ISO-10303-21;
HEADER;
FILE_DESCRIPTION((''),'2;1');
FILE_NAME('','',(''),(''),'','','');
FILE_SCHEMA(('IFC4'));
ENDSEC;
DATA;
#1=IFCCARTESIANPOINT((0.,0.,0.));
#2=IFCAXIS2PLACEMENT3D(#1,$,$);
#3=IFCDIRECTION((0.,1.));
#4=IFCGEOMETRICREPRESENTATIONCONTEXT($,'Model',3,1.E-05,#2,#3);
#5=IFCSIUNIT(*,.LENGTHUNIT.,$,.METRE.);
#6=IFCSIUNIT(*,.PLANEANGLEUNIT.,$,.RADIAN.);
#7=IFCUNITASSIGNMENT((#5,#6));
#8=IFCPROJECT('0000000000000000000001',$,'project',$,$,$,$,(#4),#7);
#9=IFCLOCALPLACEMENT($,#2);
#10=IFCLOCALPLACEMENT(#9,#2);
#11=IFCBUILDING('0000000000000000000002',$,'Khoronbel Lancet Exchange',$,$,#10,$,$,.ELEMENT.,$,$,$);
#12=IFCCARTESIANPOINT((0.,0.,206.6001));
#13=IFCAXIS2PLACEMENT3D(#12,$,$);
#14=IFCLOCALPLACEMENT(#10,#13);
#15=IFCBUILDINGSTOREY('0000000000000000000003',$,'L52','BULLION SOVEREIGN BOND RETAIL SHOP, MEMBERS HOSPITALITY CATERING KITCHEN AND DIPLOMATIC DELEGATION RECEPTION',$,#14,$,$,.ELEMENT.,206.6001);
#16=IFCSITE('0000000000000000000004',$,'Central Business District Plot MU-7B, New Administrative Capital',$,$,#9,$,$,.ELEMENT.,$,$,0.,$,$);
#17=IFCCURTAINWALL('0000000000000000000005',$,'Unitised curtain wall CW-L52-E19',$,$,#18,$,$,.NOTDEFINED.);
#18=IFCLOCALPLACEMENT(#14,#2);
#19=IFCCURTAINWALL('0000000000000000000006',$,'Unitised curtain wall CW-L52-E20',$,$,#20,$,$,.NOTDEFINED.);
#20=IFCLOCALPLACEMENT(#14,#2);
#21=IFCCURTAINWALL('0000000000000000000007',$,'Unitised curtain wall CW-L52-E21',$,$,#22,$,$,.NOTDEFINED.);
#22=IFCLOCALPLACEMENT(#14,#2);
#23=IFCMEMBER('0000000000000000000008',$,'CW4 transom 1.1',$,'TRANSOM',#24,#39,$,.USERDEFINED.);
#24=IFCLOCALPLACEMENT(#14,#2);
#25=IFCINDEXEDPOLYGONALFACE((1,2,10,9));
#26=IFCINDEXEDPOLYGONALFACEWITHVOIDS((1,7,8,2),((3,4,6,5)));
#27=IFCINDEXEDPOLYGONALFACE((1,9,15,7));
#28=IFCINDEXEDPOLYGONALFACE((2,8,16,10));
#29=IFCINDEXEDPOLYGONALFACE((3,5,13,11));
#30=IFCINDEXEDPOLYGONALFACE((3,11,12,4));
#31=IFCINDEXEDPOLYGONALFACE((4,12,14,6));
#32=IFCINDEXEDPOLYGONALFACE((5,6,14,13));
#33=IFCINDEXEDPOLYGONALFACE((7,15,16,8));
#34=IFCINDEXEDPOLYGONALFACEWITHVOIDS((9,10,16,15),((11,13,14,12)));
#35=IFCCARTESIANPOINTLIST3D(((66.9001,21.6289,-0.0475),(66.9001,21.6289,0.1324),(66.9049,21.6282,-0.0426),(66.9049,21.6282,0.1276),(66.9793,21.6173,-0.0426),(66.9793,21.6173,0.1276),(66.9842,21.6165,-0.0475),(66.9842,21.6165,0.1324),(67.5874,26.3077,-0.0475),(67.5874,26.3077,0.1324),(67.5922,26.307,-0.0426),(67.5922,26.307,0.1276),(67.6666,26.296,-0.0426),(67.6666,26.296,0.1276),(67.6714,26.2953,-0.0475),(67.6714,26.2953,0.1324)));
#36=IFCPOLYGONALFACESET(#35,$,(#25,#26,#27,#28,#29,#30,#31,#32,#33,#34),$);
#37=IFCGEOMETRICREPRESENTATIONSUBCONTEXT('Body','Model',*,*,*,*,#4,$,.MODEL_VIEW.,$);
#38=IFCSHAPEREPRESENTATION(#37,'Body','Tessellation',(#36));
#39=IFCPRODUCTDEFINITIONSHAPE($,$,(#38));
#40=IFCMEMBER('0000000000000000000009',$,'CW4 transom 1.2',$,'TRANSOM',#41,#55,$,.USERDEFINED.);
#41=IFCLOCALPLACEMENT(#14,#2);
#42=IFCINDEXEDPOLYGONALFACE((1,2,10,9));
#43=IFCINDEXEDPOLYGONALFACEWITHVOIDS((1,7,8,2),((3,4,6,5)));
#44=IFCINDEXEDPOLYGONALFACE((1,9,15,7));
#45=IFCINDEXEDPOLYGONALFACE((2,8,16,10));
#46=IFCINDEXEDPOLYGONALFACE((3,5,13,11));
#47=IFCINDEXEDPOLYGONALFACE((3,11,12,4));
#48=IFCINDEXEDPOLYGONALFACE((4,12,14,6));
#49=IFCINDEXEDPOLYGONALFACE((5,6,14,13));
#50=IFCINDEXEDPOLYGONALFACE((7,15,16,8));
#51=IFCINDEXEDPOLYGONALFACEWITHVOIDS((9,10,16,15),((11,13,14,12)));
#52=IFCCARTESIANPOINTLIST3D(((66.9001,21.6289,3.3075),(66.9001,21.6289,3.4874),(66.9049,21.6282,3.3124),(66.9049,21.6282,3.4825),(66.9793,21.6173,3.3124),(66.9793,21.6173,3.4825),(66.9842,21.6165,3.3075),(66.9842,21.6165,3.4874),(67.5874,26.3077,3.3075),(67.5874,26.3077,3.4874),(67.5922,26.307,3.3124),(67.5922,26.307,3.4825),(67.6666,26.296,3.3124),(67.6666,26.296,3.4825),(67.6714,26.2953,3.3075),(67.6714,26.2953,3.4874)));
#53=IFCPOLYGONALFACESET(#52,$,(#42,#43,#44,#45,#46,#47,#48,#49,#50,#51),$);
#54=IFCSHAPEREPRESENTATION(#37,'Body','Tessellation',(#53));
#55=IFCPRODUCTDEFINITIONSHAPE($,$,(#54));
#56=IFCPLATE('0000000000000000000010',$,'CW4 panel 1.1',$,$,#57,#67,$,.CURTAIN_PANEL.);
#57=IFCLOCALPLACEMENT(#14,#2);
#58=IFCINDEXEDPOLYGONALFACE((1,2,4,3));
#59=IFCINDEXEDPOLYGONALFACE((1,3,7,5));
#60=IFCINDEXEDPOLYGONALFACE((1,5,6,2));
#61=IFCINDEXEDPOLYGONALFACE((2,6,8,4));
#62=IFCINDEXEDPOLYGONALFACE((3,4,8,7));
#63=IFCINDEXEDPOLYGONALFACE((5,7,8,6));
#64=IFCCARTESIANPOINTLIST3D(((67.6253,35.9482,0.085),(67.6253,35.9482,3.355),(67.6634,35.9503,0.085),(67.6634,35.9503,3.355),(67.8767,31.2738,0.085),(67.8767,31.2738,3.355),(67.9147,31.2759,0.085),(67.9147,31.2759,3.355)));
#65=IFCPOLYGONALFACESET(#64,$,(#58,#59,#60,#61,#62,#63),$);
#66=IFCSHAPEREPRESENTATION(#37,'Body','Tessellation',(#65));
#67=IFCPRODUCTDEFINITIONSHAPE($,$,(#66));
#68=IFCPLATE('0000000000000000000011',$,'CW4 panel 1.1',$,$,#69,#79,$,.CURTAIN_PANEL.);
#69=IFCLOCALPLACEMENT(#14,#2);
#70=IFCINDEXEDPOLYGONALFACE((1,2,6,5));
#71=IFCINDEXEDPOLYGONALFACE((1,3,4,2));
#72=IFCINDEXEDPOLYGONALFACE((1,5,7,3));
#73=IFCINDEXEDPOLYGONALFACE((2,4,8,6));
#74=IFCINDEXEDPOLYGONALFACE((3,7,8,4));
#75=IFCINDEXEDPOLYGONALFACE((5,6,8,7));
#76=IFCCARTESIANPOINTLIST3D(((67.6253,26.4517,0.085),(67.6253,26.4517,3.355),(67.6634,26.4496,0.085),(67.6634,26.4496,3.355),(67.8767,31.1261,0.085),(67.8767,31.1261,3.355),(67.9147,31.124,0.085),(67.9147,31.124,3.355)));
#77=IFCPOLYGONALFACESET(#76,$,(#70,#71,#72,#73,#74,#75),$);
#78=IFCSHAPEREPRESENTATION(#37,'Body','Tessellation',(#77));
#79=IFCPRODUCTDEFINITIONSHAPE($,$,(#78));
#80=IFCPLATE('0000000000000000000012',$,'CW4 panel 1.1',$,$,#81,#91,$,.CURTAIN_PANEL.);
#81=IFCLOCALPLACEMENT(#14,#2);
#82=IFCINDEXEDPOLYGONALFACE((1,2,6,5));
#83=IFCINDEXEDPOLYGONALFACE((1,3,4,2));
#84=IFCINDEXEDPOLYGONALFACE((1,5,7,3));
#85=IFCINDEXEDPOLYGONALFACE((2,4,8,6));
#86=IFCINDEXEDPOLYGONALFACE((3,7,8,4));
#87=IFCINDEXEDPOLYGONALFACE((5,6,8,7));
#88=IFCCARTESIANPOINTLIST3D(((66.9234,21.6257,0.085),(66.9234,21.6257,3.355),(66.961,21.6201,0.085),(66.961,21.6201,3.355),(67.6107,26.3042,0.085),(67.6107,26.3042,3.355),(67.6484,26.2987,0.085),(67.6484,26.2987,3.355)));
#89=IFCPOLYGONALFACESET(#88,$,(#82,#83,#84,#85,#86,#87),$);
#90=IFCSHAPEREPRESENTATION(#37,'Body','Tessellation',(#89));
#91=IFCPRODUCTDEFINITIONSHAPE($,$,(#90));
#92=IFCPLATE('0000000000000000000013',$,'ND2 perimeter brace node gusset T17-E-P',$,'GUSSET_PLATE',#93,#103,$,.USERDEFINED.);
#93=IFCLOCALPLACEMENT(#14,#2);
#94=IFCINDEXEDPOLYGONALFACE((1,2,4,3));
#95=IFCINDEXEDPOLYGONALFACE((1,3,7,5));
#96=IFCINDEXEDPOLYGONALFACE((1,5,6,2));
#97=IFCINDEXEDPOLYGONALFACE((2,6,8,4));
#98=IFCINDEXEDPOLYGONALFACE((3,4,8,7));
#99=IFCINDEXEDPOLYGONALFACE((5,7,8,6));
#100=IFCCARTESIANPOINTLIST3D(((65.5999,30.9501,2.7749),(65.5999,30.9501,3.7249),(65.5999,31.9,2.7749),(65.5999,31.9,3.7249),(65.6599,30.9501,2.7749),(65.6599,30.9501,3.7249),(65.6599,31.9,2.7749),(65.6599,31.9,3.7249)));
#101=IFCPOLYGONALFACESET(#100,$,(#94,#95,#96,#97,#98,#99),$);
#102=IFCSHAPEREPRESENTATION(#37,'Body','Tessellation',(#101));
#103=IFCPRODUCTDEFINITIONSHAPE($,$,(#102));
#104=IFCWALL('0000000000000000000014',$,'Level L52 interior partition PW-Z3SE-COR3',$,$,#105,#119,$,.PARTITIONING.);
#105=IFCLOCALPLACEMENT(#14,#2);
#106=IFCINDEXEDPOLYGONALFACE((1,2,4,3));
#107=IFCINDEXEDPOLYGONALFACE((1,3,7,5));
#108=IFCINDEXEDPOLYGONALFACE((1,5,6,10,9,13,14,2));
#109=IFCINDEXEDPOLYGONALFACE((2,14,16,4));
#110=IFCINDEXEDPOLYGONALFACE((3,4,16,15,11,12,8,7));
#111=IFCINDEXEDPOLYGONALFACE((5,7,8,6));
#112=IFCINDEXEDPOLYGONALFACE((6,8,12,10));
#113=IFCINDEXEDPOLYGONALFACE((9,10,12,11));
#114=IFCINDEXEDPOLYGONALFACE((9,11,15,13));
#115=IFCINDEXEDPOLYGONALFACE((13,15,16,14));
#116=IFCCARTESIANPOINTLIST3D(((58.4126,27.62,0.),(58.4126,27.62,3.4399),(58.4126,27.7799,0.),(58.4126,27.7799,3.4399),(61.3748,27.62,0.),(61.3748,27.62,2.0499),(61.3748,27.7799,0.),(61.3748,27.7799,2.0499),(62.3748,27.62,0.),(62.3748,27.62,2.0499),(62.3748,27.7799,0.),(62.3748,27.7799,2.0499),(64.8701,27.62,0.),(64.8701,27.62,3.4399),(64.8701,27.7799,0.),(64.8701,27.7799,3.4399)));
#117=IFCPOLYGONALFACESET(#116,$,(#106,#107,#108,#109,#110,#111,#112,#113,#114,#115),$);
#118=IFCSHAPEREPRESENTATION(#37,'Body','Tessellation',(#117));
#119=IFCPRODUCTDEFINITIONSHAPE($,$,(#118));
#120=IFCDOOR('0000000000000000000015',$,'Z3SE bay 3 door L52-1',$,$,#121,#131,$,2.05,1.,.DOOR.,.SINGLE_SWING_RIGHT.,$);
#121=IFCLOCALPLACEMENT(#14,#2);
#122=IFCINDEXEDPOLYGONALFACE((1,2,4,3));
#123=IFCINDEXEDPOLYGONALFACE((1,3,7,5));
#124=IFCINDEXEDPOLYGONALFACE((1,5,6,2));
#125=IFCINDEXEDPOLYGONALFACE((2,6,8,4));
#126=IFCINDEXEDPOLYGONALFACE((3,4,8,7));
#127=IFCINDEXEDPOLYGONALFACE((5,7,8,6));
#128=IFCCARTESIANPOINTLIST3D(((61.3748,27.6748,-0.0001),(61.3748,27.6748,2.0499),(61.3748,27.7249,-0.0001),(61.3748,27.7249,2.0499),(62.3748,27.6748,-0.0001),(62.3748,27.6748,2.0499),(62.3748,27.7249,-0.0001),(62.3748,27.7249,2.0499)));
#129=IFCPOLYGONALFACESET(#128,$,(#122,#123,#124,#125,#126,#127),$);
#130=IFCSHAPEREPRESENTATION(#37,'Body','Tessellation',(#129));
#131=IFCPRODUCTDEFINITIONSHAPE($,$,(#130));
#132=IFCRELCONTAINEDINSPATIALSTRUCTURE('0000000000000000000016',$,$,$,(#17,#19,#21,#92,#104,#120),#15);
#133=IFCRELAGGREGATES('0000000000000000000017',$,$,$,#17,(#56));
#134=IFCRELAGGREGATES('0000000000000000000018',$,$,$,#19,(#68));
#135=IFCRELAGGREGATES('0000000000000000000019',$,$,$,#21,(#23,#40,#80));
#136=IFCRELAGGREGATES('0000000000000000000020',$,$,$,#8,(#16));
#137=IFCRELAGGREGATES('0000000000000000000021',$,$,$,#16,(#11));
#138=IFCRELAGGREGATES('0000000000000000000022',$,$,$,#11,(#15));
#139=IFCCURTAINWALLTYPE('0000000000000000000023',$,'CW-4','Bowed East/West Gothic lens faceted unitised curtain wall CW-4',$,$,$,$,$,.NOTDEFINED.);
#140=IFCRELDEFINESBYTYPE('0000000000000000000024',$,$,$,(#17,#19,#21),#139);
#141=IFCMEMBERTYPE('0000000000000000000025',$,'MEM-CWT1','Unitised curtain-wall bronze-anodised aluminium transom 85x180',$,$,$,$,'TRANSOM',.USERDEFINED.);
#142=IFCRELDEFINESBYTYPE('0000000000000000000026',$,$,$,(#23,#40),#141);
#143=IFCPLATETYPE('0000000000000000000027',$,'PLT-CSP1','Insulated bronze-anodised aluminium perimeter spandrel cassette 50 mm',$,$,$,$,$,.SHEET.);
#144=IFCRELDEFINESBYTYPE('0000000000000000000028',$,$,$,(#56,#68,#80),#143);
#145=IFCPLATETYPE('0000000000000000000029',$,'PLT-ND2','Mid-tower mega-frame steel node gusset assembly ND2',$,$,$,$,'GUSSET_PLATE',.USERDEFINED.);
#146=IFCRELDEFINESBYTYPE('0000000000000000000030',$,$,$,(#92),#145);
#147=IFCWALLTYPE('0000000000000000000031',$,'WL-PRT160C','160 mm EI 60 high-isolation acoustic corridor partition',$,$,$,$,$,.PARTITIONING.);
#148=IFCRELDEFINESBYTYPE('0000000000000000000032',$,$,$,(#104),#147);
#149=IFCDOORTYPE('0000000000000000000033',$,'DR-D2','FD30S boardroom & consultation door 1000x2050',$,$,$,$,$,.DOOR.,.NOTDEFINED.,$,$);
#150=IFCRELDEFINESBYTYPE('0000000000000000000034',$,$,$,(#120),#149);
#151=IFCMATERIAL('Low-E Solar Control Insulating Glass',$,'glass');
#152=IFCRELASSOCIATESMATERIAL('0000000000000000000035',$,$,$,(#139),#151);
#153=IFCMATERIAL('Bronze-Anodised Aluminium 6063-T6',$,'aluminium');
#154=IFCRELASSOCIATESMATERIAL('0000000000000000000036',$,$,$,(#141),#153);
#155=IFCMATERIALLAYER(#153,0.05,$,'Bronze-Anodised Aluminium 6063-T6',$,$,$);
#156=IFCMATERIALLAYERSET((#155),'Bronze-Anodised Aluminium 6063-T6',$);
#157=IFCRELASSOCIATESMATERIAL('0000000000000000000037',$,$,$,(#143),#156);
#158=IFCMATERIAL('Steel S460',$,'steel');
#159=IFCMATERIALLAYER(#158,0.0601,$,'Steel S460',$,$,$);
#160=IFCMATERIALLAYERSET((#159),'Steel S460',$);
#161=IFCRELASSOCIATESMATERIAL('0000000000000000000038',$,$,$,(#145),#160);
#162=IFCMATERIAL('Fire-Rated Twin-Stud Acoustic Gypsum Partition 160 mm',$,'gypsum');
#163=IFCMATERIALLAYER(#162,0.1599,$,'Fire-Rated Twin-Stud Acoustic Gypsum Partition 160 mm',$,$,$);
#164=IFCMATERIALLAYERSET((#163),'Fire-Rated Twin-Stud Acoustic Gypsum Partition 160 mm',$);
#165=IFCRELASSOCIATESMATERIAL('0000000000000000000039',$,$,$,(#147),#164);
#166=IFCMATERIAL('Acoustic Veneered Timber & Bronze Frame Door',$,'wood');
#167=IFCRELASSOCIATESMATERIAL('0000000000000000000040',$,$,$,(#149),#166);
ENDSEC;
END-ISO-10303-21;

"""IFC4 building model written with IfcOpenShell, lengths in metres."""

from ifc_helpers import new_model, si_unit, direction, frame, frame_2d, origin, origin_2d, place, context, subcontext, project, spatial, rectangle, hollow_rectangle, extrude, material, layer, layer_set, material_profile, profile_set, type_object, element, fill, aggregate, save


model = new_model("IFC4")

# Units and contexts
model_context = context("Model", 3, precision=1e-05, world=origin(), true_north=direction((0.0, 1.0)))
body_context = subcontext(model_context, "Body", "Model", "MODEL_VIEW")
ifc_project = project(units=[si_unit("LENGTHUNIT", "METRE"), si_unit("PLANEANGLEUNIT", "RADIAN")], contexts=[model_context])

# Site, building, storey
site_placement = place(None, origin())
site = spatial("IfcSite", under=ifc_project, at=site_placement, Name="Central Business District Plot MU-7B, New Administrative Capital", CompositionType="ELEMENT", RefElevation=0.0)
building_placement = place(site_placement, origin())
building = spatial("IfcBuilding", under=site, at=building_placement, Name="Khoronbel Lancet Exchange", CompositionType="ELEMENT")
storey_placement = place(building_placement, frame((0.0, 0.0, 206.6001)))
storey = spatial("IfcBuildingStorey", under=building, at=storey_placement, Name="L52", Description="BULLION SOVEREIGN BOND RETAIL SHOP, MEMBERS HOSPITALITY CATERING KITCHEN AND DIPLOMATIC DELEGATION RECEPTION", CompositionType="ELEMENT", Elevation=206.6001)

# Curtain wall
ifc_material_1 = material(Name="Low-E Solar Control Insulating Glass", Category="glass")
curtain_wall_type = type_object("IfcCurtainWallType", Name="CW-4", Description="Bowed East/West Gothic lens faceted unitised curtain wall CW-4", PredefinedType="NOTDEFINED", material=ifc_material_1)
curtain_wall_1_placement = place(storey_placement, origin())
curtain_wall_1 = element("IfcCurtainWall", 1, at=curtain_wall_1_placement, inside=storey, type_object=curtain_wall_type, Name="Unitised curtain wall CW-L52-E19", PredefinedType="NOTDEFINED")
ifc_material_2 = material(Name="Bronze-Anodised Aluminium 6063-T6", Category="aluminium")

# Curtain walls
curtain_wall_2_placement = place(storey_placement, origin())
curtain_wall_2 = element("IfcCurtainWall", 2, at=curtain_wall_2_placement, inside=storey, type_object=curtain_wall_type, Name="Unitised curtain wall CW-L52-E20", PredefinedType="NOTDEFINED")
curtain_wall_3_placement = place(storey_placement, origin())
curtain_wall_3 = element("IfcCurtainWall", 3, at=curtain_wall_3_placement, inside=storey, type_object=curtain_wall_type, Name="Unitised curtain wall CW-L52-E21", PredefinedType="NOTDEFINED")

# Members
ifc_material_profile_1 = material_profile(ifc_material_2, hollow_rectangle(XDim=0.085, YDim=0.1799, WallThickness=0.0049, at=origin_2d()), Name="ALU TRANSOM 85x180")
ifc_profile_set_1 = profile_set([ifc_material_profile_1], Name="Bronze-Anodised Aluminium 6063-T6")
member_type_1 = type_object("IfcMemberType", Name="MEM-CWT1", Description="Unitised curtain-wall bronze-anodised aluminium transom 85x180", ElementType="TRANSOM", PredefinedType="USERDEFINED", material=ifc_profile_set_1)
member_1_placement = place(storey_placement, frame((67.6294, 26.3015, 0.0425), z_axis=(-0.14533, -0.989383, 0.0), x_axis=(0.989383, -0.14533, 0.0)))
member_1 = element("IfcMember", 4, at=member_1_placement, type_object=member_type_1, Name="CW4 transom 1.1", ObjectType="TRANSOM", PredefinedType="USERDEFINED", context=body_context, shape_type="SweptSolid", body=[
    extrude(hollow_rectangle(XDim=0.085, YDim=0.1799, WallThickness=0.0049, at=origin_2d()), origin(), (0.0, 0.0, 1.0), 4.729),
])
member_2_placement = place(storey_placement, frame((67.6294, 26.3015, 3.3975), z_axis=(-0.14533, -0.989383, 0.0), x_axis=(0.989383, -0.14533, 0.0)))
member_2 = element("IfcMember", 5, at=member_2_placement, type_object=member_type_1, Name="CW4 transom 1.2", ObjectType="TRANSOM", PredefinedType="USERDEFINED", context=body_context, shape_type="SweptSolid", body=[
    extrude(hollow_rectangle(XDim=0.085, YDim=0.1799, WallThickness=0.0049, at=origin_2d()), origin(), (0.0, 0.0, 1.0), 4.729),
])

# Plates
ifc_layer_1 = layer(ifc_material_2, 0.05, Name="Bronze-Anodised Aluminium 6063-T6")
ifc_layer_set_1 = layer_set([ifc_layer_1], Name="Bronze-Anodised Aluminium 6063-T6")
plate_type_1 = type_object("IfcPlateType", Name="PLT-CSP1", Description="Insulated bronze-anodised aluminium perimeter spandrel cassette 50 mm", PredefinedType="SHEET", material=ifc_layer_set_1)
plate_1_placement = place(storey_placement, frame((67.77, 33.6121, 0.085), z_axis=(0.0, 0.0, 1.0), x_axis=(0.053692, -0.998558, 0.0)))
plate_1 = element("IfcPlate", 6, at=plate_1_placement, type_object=plate_type_1, Name="CW4 panel 1.1", PredefinedType="CURTAIN_PANEL", context=body_context, shape_type="SweptSolid", body=[
    extrude(rectangle(XDim=4.6812, YDim=0.0381, at=origin_2d()), origin(), (0.0, 0.0, 1.0), 3.27),
])
aggregate(curtain_wall_1, [plate_1])
plate_2_placement = place(storey_placement, frame((67.77, 28.7878, 0.085), z_axis=(0.0, 0.0, 1.0), x_axis=(-0.053692, -0.998558, 0.0)))
plate_2 = element("IfcPlate", 7, at=plate_2_placement, type_object=plate_type_1, Name="CW4 panel 1.1", PredefinedType="CURTAIN_PANEL", context=body_context, shape_type="SweptSolid", body=[
    extrude(rectangle(XDim=4.6812, YDim=0.0381, at=origin_2d()), origin(), (0.0, 0.0, 1.0), 3.27),
])
aggregate(curtain_wall_2, [plate_2])
plate_3_placement = place(storey_placement, frame((67.2859, 23.9622, 0.085), z_axis=(0.0, 0.0, 1.0), x_axis=(-0.145363, -0.989378, 0.0)))
plate_3 = element("IfcPlate", 8, at=plate_3_placement, type_object=plate_type_1, Name="CW4 panel 1.1", PredefinedType="CURTAIN_PANEL", context=body_context, shape_type="SweptSolid", body=[
    extrude(rectangle(XDim=4.7288, YDim=0.0381, at=origin_2d()), origin(), (0.0, 0.0, 1.0), 3.27),
])
aggregate(curtain_wall_3, [member_1, member_2, plate_3])
ifc_material_3 = material(Name="Steel S460", Category="steel")
ifc_layer_2 = layer(ifc_material_3, 0.0601, Name="Steel S460")
ifc_layer_set_2 = layer_set([ifc_layer_2], Name="Steel S460")
plate_type_2 = type_object("IfcPlateType", Name="PLT-ND2", Description="Mid-tower mega-frame steel node gusset assembly ND2", ElementType="GUSSET_PLATE", PredefinedType="USERDEFINED", material=ifc_layer_set_2)
plate_4_placement = place(storey_placement, frame((65.6299, 31.425, 2.7749), z_axis=(0.0, 0.0, 1.0), x_axis=(0.0, 1.0, 0.0)))
element("IfcPlate", 9, at=plate_4_placement, inside=storey, type_object=plate_type_2, Name="ND2 perimeter brace node gusset T17-E-P", ObjectType="GUSSET_PLATE", PredefinedType="USERDEFINED", context=body_context, shape_type="SweptSolid", body=[
    extrude(rectangle(XDim=0.95, YDim=0.0601, at=origin_2d()), origin(), (0.0, 0.0, 1.0), 0.95),
])

# Wall, opening, door
ifc_material_4 = material(Name="Fire-Rated Twin-Stud Acoustic Gypsum Partition 160 mm", Category="gypsum")
ifc_layer_3 = layer(ifc_material_4, 0.1599, Name="Fire-Rated Twin-Stud Acoustic Gypsum Partition 160 mm")
ifc_layer_set_3 = layer_set([ifc_layer_3], Name="Fire-Rated Twin-Stud Acoustic Gypsum Partition 160 mm")
wall_type = type_object("IfcWallType", Name="WL-PRT160C", Description="160 mm EI 60 high-isolation acoustic corridor partition", PredefinedType="PARTITIONING", material=ifc_layer_set_3)
wall_placement = place(storey_placement, frame((58.4126, 27.7, 0.0), z_axis=(0.0, 0.0, 1.0), x_axis=(1.0, 0.0, 0.0)))
wall = element("IfcWall", 10, at=wall_placement, inside=storey, type_object=wall_type, Name="Level L52 interior partition PW-Z3SE-COR3", PredefinedType="PARTITIONING", context=body_context, shape_type="SweptSolid", body=[
    extrude(rectangle(XDim=6.4575, YDim=0.1599, at=frame_2d((3.2288, 0.0))), origin(), (0.0, 0.0, 1.0), 3.4399),
])
opening_placement = place(wall_placement, frame((2.9622, 0.0, 0.0)))
opening = element("IfcOpeningElement", 11, at=opening_placement, cuts=wall, PredefinedType="OPENING", context=body_context, shape_type="SweptSolid", body=[
    extrude(rectangle(XDim=1.0, YDim=2.05, at=frame_2d((0.5, 1.0249))), frame((0.0, 0.0898, 0.0), z_axis=(0.0, -1.0, 0.0), x_axis=(1.0, 0.0, 0.0)), (0.0, 0.0, 1.0), 0.1799),
])
ifc_material_5 = material(Name="Acoustic Veneered Timber & Bronze Frame Door", Category="wood")
door_type = type_object("IfcDoorType", Name="DR-D2", Description="FD30S boardroom & consultation door 1000x2050", OperationType="NOTDEFINED", PredefinedType="DOOR", material=ifc_material_5)
door_placement = place(opening_placement, origin())
door = element("IfcDoor", 12, at=door_placement, inside=storey, type_object=door_type, Name="Z3SE bay 3 door L52-1", OperationType="SINGLE_SWING_RIGHT", OverallHeight=2.05, OverallWidth=1.0, PredefinedType="DOOR", context=body_context, shape_type="SweptSolid", body=[
    extrude(rectangle(XDim=1.0, YDim=2.05, at=frame_2d((0.5, 1.0249))), frame((0.0, 0.0249, 0.0), z_axis=(0.0, -1.0, 0.0), x_axis=(1.0, 0.0, 0.0)), (0.0, 0.0, 1.0), 0.05),
])
fill(opening, door)

save(model, "model.ifc")
